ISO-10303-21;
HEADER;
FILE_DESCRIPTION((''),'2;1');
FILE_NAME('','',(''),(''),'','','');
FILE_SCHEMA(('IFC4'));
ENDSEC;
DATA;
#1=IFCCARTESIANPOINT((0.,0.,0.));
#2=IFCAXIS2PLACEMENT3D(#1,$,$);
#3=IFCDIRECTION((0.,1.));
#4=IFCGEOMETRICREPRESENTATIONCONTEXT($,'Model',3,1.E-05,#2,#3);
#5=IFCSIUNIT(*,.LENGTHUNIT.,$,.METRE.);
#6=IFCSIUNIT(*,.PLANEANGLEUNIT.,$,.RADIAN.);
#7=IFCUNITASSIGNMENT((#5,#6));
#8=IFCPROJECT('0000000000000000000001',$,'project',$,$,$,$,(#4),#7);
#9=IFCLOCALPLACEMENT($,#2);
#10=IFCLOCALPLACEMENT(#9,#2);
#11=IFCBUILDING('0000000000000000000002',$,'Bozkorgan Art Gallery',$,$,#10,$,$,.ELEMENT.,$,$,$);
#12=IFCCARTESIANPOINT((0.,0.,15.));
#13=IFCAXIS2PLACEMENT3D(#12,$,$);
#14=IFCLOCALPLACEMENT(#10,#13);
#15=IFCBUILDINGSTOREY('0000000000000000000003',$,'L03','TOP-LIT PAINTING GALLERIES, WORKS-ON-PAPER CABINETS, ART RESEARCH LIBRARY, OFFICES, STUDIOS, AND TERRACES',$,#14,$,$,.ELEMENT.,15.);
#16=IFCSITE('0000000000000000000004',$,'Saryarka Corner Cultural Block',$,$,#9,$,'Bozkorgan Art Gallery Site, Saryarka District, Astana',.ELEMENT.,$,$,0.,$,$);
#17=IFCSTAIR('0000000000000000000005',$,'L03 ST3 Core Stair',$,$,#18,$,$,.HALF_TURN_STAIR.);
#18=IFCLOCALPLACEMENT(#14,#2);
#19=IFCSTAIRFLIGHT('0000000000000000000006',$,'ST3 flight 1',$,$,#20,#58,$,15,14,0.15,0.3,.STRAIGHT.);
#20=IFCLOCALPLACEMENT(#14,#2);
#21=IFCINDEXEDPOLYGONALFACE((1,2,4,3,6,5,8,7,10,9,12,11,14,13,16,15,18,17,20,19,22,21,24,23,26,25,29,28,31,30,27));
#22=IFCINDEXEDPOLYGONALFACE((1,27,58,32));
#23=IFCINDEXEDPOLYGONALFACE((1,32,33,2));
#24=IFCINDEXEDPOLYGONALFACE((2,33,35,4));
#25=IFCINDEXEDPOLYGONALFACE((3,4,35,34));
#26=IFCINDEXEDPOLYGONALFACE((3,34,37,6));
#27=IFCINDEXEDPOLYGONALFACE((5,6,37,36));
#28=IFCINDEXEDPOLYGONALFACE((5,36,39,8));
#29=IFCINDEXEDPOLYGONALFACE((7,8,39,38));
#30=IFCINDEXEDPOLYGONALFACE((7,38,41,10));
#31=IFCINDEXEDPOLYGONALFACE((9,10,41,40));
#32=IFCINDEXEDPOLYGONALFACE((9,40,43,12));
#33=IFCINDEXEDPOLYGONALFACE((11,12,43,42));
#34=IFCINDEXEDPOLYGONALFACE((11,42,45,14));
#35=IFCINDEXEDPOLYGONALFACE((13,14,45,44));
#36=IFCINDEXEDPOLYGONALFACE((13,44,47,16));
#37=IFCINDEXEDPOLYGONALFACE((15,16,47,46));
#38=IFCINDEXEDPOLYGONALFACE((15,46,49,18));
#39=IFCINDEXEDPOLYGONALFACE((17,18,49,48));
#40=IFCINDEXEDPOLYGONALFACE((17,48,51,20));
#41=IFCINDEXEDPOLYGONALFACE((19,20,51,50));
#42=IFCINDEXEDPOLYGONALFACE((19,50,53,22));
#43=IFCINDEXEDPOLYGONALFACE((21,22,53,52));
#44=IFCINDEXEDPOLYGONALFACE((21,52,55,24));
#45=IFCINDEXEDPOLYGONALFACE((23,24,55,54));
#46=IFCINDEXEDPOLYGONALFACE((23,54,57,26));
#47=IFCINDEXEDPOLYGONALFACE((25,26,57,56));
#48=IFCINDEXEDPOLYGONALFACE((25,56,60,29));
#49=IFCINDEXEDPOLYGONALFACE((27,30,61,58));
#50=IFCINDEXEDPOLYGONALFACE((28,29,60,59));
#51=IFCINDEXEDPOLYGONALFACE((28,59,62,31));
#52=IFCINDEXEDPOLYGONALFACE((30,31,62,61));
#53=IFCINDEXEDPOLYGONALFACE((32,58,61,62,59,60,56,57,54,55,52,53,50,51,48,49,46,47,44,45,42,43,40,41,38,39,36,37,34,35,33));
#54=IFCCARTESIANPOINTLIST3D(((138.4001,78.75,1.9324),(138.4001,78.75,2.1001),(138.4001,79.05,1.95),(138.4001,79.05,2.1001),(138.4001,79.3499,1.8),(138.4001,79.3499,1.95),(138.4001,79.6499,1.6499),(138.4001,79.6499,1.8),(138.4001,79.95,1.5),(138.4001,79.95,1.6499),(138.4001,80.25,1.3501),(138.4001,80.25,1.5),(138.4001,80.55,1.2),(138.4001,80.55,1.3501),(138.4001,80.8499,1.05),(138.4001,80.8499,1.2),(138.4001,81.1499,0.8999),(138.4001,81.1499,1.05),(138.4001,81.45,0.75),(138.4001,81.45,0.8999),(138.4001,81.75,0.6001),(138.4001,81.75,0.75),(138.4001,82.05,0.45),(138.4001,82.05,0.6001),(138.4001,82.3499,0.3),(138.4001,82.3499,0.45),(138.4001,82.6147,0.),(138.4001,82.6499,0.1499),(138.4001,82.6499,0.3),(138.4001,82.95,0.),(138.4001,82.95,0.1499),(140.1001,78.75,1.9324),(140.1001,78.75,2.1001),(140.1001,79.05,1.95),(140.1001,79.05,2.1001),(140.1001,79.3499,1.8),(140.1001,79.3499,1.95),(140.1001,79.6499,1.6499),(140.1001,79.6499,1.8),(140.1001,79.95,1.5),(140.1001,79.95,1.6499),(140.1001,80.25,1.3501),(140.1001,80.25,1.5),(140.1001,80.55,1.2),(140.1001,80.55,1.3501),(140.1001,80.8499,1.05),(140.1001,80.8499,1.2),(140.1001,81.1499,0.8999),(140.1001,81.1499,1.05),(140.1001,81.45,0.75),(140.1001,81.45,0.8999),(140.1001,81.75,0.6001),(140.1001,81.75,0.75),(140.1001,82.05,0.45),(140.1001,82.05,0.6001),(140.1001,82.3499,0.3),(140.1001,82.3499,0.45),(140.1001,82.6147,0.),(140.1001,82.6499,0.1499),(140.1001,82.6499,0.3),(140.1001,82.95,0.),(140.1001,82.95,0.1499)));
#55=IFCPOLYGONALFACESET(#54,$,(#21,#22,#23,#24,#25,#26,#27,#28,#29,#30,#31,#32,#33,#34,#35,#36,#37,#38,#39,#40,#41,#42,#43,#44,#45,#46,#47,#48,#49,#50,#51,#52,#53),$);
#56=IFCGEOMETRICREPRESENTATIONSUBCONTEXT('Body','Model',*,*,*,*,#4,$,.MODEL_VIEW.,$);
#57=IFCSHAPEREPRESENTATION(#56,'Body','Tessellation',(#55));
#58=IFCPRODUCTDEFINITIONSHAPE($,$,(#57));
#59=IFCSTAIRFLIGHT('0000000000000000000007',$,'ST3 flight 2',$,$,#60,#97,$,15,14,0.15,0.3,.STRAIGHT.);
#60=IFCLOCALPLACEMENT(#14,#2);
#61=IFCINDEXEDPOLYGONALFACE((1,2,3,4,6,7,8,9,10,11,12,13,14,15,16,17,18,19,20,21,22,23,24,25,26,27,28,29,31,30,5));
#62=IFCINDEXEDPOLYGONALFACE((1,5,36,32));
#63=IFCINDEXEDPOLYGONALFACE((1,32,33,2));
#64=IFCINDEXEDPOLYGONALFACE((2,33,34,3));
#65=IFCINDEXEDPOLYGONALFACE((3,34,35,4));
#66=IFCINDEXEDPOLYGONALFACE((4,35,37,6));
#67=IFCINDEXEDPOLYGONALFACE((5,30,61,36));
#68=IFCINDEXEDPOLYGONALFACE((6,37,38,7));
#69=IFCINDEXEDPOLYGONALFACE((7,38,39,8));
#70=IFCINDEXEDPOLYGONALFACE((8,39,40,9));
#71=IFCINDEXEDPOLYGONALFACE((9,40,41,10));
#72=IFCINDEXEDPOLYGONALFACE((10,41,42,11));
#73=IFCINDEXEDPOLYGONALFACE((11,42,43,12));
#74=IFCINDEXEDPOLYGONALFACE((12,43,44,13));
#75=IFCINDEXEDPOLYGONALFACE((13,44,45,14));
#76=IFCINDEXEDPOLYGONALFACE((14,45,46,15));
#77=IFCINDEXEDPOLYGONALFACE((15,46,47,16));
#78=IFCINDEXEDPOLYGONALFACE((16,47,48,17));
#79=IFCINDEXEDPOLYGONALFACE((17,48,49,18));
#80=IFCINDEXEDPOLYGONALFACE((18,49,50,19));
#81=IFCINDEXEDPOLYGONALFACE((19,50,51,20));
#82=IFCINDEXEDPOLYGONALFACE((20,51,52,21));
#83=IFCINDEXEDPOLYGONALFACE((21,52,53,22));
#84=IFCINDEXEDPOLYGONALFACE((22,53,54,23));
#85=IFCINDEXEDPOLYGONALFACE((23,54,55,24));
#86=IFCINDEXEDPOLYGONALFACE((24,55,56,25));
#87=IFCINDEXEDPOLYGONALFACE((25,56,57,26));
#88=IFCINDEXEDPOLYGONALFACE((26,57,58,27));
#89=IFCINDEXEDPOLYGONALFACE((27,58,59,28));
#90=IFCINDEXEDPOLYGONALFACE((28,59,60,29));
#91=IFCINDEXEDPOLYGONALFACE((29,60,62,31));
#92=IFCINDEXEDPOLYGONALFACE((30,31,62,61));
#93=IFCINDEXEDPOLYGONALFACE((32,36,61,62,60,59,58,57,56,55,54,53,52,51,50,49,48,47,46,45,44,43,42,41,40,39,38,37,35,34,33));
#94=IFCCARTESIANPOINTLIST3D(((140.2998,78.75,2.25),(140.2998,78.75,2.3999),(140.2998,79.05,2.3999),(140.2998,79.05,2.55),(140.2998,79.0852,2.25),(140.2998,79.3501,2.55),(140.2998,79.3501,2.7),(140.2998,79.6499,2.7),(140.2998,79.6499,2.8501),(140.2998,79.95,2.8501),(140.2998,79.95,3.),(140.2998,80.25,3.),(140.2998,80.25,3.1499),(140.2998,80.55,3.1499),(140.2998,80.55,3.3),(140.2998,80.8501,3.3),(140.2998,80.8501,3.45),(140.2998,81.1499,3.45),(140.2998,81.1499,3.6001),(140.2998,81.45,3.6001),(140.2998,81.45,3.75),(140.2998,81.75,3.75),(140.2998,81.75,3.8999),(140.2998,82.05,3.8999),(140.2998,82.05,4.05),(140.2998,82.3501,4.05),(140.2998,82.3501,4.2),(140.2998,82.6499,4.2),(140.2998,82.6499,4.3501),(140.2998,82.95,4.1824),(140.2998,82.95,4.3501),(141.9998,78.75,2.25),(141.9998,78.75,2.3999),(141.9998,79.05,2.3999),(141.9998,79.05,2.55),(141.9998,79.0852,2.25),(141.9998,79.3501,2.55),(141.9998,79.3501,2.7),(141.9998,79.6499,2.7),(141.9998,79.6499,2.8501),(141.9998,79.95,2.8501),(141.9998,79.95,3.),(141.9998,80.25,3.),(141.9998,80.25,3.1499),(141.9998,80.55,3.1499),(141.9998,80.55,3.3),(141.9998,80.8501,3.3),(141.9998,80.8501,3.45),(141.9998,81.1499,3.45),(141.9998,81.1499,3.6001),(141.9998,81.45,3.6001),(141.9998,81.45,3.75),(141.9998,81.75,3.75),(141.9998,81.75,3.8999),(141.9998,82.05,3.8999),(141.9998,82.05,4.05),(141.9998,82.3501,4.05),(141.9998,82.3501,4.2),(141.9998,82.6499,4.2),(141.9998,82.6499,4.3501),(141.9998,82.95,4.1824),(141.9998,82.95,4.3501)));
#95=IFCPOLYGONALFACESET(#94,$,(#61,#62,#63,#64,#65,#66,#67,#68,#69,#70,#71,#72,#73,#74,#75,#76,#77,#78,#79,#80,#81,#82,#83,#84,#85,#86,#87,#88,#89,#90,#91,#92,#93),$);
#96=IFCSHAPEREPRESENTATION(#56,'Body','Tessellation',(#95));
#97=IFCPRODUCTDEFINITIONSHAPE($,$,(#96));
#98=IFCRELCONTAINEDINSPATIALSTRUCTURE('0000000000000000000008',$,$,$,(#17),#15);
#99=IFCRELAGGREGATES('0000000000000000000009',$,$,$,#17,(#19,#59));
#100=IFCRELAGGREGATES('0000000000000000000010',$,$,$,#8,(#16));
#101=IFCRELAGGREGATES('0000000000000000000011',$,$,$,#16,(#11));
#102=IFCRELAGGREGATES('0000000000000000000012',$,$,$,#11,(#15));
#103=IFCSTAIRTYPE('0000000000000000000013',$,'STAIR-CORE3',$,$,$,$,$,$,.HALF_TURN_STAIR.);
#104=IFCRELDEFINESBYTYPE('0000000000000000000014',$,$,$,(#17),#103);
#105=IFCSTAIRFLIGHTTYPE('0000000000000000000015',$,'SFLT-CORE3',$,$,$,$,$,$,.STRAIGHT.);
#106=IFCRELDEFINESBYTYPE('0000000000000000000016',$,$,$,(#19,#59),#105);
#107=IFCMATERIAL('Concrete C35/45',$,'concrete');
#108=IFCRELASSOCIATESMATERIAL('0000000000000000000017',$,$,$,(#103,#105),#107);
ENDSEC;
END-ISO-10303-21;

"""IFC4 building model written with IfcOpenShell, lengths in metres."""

from ifc_helpers import new_model, si_unit, direction, frame, origin, place, context, subcontext, project, spatial, polyline, outline, extrude, material, type_object, element, aggregate, save


model = new_model("IFC4")

# Units and contexts
model_context = context("Model", 3, precision=1e-05, world=origin(), true_north=direction((0.0, 1.0)))
body_context = subcontext(model_context, "Body", "Model", "MODEL_VIEW")
ifc_project = project(units=[si_unit("LENGTHUNIT", "METRE"), si_unit("PLANEANGLEUNIT", "RADIAN")], contexts=[model_context])

# Site, building, storey
site_placement = place(None, origin())
site = spatial("IfcSite", under=ifc_project, at=site_placement, Name="Saryarka Corner Cultural Block", LongName="Bozkorgan Art Gallery Site, Saryarka District, Astana", CompositionType="ELEMENT", RefElevation=0.0)
building_placement = place(site_placement, origin())
building = spatial("IfcBuilding", under=site, at=building_placement, Name="Bozkorgan Art Gallery", CompositionType="ELEMENT")
storey_placement = place(building_placement, frame((0.0, 0.0, 15.0)))
storey = spatial("IfcBuildingStorey", under=building, at=storey_placement, Name="L03", Description="TOP-LIT PAINTING GALLERIES, WORKS-ON-PAPER CABINETS, ART RESEARCH LIBRARY, OFFICES, STUDIOS, AND TERRACES", CompositionType="ELEMENT", Elevation=15.0)

# Stair, stair flights
ifc_material_1 = material(Name="Concrete C35/45", Category="concrete")
stair_type = type_object("IfcStairType", Name="STAIR-CORE3", PredefinedType="HALF_TURN_STAIR", material=ifc_material_1)
stair_placement = place(storey_placement, origin())
stair = element("IfcStair", 1, at=stair_placement, inside=storey, type_object=stair_type, Name="L03 ST3 Core Stair", PredefinedType="HALF_TURN_STAIR")
stair_flight_type = type_object("IfcStairFlightType", Name="SFLT-CORE3", PredefinedType="STRAIGHT", material=ifc_material_1)
stair_flight_1_placement = place(storey_placement, frame((139.25, 82.95, 0.0), z_axis=(0.0, 0.0, 1.0), x_axis=(0.0, -1.0, 0.0)))
stair_flight_1 = element("IfcStairFlight", 2, at=stair_flight_1_placement, type_object=stair_flight_type, Name="ST3 flight 1", NumberOfRisers=15, NumberOfTreads=14, PredefinedType="STRAIGHT", RiserHeight=0.15, TreadLength=0.3, context=body_context, shape_type="SweptSolid", body=[
    extrude(outline(polyline([(0.0, 0.0), (0.0, 0.1499), (0.3, 0.1499), (0.3, 0.3), (0.6001, 0.3), (0.6001, 0.45), (0.8999, 0.45), (0.8999, 0.6001), (1.2, 0.6001), (1.2, 0.75), (1.5, 0.75), (1.5, 0.8999), (1.8, 0.8999), (1.8, 1.05), (2.1001, 1.05), (2.1001, 1.2), (2.3999, 1.2), (2.3999, 1.3501), (2.7, 1.3501), (2.7, 1.5), (3.0, 1.5), (3.0, 1.6499), (3.3, 1.6499), (3.3, 1.8), (3.6001, 1.8), (3.6001, 1.95), (3.8999, 1.95), (3.8999, 2.1001), (4.2, 2.1001), (4.2, 2.25), (4.2, 1.9324), (0.3352, 0.0), (0.0, 0.0)])), frame((0.0, 0.8501, 0.0), z_axis=(0.0, -1.0, 0.0), x_axis=(1.0, 0.0, 0.0)), (0.0, 0.0, 1.0), 1.7),
])
stair_flight_2_placement = place(storey_placement, frame((141.1499, 78.75, 2.25), z_axis=(0.0, 0.0, 1.0), x_axis=(0.0, 1.0, 0.0)))
stair_flight_2 = element("IfcStairFlight", 3, at=stair_flight_2_placement, type_object=stair_flight_type, Name="ST3 flight 2", NumberOfRisers=15, NumberOfTreads=14, PredefinedType="STRAIGHT", RiserHeight=0.15, TreadLength=0.3, context=body_context, shape_type="SweptSolid", body=[
    extrude(outline(polyline([(0.0, 0.0), (0.0, 0.1499), (0.3, 0.1499), (0.3, 0.3), (0.6001, 0.3), (0.6001, 0.45), (0.8999, 0.45), (0.8999, 0.6001), (1.2, 0.6001), (1.2, 0.75), (1.5, 0.75), (1.5, 0.8999), (1.8, 0.8999), (1.8, 1.05), (2.1001, 1.05), (2.1001, 1.2), (2.3999, 1.2), (2.3999, 1.3501), (2.7, 1.3501), (2.7, 1.5), (3.0, 1.5), (3.0, 1.6499), (3.3, 1.6499), (3.3, 1.8), (3.6001, 1.8), (3.6001, 1.95), (3.8999, 1.95), (3.8999, 2.1001), (4.2, 2.1001), (4.2, 2.25), (4.2, 1.9324), (0.3352, 0.0), (0.0, 0.0)])), frame((0.0, 0.8501, 0.0), z_axis=(0.0, -1.0, 0.0), x_axis=(1.0, 0.0, 0.0)), (0.0, 0.0, 1.0), 1.7),
])
aggregate(stair, [stair_flight_1, stair_flight_2])

save(model, "model.ifc")
